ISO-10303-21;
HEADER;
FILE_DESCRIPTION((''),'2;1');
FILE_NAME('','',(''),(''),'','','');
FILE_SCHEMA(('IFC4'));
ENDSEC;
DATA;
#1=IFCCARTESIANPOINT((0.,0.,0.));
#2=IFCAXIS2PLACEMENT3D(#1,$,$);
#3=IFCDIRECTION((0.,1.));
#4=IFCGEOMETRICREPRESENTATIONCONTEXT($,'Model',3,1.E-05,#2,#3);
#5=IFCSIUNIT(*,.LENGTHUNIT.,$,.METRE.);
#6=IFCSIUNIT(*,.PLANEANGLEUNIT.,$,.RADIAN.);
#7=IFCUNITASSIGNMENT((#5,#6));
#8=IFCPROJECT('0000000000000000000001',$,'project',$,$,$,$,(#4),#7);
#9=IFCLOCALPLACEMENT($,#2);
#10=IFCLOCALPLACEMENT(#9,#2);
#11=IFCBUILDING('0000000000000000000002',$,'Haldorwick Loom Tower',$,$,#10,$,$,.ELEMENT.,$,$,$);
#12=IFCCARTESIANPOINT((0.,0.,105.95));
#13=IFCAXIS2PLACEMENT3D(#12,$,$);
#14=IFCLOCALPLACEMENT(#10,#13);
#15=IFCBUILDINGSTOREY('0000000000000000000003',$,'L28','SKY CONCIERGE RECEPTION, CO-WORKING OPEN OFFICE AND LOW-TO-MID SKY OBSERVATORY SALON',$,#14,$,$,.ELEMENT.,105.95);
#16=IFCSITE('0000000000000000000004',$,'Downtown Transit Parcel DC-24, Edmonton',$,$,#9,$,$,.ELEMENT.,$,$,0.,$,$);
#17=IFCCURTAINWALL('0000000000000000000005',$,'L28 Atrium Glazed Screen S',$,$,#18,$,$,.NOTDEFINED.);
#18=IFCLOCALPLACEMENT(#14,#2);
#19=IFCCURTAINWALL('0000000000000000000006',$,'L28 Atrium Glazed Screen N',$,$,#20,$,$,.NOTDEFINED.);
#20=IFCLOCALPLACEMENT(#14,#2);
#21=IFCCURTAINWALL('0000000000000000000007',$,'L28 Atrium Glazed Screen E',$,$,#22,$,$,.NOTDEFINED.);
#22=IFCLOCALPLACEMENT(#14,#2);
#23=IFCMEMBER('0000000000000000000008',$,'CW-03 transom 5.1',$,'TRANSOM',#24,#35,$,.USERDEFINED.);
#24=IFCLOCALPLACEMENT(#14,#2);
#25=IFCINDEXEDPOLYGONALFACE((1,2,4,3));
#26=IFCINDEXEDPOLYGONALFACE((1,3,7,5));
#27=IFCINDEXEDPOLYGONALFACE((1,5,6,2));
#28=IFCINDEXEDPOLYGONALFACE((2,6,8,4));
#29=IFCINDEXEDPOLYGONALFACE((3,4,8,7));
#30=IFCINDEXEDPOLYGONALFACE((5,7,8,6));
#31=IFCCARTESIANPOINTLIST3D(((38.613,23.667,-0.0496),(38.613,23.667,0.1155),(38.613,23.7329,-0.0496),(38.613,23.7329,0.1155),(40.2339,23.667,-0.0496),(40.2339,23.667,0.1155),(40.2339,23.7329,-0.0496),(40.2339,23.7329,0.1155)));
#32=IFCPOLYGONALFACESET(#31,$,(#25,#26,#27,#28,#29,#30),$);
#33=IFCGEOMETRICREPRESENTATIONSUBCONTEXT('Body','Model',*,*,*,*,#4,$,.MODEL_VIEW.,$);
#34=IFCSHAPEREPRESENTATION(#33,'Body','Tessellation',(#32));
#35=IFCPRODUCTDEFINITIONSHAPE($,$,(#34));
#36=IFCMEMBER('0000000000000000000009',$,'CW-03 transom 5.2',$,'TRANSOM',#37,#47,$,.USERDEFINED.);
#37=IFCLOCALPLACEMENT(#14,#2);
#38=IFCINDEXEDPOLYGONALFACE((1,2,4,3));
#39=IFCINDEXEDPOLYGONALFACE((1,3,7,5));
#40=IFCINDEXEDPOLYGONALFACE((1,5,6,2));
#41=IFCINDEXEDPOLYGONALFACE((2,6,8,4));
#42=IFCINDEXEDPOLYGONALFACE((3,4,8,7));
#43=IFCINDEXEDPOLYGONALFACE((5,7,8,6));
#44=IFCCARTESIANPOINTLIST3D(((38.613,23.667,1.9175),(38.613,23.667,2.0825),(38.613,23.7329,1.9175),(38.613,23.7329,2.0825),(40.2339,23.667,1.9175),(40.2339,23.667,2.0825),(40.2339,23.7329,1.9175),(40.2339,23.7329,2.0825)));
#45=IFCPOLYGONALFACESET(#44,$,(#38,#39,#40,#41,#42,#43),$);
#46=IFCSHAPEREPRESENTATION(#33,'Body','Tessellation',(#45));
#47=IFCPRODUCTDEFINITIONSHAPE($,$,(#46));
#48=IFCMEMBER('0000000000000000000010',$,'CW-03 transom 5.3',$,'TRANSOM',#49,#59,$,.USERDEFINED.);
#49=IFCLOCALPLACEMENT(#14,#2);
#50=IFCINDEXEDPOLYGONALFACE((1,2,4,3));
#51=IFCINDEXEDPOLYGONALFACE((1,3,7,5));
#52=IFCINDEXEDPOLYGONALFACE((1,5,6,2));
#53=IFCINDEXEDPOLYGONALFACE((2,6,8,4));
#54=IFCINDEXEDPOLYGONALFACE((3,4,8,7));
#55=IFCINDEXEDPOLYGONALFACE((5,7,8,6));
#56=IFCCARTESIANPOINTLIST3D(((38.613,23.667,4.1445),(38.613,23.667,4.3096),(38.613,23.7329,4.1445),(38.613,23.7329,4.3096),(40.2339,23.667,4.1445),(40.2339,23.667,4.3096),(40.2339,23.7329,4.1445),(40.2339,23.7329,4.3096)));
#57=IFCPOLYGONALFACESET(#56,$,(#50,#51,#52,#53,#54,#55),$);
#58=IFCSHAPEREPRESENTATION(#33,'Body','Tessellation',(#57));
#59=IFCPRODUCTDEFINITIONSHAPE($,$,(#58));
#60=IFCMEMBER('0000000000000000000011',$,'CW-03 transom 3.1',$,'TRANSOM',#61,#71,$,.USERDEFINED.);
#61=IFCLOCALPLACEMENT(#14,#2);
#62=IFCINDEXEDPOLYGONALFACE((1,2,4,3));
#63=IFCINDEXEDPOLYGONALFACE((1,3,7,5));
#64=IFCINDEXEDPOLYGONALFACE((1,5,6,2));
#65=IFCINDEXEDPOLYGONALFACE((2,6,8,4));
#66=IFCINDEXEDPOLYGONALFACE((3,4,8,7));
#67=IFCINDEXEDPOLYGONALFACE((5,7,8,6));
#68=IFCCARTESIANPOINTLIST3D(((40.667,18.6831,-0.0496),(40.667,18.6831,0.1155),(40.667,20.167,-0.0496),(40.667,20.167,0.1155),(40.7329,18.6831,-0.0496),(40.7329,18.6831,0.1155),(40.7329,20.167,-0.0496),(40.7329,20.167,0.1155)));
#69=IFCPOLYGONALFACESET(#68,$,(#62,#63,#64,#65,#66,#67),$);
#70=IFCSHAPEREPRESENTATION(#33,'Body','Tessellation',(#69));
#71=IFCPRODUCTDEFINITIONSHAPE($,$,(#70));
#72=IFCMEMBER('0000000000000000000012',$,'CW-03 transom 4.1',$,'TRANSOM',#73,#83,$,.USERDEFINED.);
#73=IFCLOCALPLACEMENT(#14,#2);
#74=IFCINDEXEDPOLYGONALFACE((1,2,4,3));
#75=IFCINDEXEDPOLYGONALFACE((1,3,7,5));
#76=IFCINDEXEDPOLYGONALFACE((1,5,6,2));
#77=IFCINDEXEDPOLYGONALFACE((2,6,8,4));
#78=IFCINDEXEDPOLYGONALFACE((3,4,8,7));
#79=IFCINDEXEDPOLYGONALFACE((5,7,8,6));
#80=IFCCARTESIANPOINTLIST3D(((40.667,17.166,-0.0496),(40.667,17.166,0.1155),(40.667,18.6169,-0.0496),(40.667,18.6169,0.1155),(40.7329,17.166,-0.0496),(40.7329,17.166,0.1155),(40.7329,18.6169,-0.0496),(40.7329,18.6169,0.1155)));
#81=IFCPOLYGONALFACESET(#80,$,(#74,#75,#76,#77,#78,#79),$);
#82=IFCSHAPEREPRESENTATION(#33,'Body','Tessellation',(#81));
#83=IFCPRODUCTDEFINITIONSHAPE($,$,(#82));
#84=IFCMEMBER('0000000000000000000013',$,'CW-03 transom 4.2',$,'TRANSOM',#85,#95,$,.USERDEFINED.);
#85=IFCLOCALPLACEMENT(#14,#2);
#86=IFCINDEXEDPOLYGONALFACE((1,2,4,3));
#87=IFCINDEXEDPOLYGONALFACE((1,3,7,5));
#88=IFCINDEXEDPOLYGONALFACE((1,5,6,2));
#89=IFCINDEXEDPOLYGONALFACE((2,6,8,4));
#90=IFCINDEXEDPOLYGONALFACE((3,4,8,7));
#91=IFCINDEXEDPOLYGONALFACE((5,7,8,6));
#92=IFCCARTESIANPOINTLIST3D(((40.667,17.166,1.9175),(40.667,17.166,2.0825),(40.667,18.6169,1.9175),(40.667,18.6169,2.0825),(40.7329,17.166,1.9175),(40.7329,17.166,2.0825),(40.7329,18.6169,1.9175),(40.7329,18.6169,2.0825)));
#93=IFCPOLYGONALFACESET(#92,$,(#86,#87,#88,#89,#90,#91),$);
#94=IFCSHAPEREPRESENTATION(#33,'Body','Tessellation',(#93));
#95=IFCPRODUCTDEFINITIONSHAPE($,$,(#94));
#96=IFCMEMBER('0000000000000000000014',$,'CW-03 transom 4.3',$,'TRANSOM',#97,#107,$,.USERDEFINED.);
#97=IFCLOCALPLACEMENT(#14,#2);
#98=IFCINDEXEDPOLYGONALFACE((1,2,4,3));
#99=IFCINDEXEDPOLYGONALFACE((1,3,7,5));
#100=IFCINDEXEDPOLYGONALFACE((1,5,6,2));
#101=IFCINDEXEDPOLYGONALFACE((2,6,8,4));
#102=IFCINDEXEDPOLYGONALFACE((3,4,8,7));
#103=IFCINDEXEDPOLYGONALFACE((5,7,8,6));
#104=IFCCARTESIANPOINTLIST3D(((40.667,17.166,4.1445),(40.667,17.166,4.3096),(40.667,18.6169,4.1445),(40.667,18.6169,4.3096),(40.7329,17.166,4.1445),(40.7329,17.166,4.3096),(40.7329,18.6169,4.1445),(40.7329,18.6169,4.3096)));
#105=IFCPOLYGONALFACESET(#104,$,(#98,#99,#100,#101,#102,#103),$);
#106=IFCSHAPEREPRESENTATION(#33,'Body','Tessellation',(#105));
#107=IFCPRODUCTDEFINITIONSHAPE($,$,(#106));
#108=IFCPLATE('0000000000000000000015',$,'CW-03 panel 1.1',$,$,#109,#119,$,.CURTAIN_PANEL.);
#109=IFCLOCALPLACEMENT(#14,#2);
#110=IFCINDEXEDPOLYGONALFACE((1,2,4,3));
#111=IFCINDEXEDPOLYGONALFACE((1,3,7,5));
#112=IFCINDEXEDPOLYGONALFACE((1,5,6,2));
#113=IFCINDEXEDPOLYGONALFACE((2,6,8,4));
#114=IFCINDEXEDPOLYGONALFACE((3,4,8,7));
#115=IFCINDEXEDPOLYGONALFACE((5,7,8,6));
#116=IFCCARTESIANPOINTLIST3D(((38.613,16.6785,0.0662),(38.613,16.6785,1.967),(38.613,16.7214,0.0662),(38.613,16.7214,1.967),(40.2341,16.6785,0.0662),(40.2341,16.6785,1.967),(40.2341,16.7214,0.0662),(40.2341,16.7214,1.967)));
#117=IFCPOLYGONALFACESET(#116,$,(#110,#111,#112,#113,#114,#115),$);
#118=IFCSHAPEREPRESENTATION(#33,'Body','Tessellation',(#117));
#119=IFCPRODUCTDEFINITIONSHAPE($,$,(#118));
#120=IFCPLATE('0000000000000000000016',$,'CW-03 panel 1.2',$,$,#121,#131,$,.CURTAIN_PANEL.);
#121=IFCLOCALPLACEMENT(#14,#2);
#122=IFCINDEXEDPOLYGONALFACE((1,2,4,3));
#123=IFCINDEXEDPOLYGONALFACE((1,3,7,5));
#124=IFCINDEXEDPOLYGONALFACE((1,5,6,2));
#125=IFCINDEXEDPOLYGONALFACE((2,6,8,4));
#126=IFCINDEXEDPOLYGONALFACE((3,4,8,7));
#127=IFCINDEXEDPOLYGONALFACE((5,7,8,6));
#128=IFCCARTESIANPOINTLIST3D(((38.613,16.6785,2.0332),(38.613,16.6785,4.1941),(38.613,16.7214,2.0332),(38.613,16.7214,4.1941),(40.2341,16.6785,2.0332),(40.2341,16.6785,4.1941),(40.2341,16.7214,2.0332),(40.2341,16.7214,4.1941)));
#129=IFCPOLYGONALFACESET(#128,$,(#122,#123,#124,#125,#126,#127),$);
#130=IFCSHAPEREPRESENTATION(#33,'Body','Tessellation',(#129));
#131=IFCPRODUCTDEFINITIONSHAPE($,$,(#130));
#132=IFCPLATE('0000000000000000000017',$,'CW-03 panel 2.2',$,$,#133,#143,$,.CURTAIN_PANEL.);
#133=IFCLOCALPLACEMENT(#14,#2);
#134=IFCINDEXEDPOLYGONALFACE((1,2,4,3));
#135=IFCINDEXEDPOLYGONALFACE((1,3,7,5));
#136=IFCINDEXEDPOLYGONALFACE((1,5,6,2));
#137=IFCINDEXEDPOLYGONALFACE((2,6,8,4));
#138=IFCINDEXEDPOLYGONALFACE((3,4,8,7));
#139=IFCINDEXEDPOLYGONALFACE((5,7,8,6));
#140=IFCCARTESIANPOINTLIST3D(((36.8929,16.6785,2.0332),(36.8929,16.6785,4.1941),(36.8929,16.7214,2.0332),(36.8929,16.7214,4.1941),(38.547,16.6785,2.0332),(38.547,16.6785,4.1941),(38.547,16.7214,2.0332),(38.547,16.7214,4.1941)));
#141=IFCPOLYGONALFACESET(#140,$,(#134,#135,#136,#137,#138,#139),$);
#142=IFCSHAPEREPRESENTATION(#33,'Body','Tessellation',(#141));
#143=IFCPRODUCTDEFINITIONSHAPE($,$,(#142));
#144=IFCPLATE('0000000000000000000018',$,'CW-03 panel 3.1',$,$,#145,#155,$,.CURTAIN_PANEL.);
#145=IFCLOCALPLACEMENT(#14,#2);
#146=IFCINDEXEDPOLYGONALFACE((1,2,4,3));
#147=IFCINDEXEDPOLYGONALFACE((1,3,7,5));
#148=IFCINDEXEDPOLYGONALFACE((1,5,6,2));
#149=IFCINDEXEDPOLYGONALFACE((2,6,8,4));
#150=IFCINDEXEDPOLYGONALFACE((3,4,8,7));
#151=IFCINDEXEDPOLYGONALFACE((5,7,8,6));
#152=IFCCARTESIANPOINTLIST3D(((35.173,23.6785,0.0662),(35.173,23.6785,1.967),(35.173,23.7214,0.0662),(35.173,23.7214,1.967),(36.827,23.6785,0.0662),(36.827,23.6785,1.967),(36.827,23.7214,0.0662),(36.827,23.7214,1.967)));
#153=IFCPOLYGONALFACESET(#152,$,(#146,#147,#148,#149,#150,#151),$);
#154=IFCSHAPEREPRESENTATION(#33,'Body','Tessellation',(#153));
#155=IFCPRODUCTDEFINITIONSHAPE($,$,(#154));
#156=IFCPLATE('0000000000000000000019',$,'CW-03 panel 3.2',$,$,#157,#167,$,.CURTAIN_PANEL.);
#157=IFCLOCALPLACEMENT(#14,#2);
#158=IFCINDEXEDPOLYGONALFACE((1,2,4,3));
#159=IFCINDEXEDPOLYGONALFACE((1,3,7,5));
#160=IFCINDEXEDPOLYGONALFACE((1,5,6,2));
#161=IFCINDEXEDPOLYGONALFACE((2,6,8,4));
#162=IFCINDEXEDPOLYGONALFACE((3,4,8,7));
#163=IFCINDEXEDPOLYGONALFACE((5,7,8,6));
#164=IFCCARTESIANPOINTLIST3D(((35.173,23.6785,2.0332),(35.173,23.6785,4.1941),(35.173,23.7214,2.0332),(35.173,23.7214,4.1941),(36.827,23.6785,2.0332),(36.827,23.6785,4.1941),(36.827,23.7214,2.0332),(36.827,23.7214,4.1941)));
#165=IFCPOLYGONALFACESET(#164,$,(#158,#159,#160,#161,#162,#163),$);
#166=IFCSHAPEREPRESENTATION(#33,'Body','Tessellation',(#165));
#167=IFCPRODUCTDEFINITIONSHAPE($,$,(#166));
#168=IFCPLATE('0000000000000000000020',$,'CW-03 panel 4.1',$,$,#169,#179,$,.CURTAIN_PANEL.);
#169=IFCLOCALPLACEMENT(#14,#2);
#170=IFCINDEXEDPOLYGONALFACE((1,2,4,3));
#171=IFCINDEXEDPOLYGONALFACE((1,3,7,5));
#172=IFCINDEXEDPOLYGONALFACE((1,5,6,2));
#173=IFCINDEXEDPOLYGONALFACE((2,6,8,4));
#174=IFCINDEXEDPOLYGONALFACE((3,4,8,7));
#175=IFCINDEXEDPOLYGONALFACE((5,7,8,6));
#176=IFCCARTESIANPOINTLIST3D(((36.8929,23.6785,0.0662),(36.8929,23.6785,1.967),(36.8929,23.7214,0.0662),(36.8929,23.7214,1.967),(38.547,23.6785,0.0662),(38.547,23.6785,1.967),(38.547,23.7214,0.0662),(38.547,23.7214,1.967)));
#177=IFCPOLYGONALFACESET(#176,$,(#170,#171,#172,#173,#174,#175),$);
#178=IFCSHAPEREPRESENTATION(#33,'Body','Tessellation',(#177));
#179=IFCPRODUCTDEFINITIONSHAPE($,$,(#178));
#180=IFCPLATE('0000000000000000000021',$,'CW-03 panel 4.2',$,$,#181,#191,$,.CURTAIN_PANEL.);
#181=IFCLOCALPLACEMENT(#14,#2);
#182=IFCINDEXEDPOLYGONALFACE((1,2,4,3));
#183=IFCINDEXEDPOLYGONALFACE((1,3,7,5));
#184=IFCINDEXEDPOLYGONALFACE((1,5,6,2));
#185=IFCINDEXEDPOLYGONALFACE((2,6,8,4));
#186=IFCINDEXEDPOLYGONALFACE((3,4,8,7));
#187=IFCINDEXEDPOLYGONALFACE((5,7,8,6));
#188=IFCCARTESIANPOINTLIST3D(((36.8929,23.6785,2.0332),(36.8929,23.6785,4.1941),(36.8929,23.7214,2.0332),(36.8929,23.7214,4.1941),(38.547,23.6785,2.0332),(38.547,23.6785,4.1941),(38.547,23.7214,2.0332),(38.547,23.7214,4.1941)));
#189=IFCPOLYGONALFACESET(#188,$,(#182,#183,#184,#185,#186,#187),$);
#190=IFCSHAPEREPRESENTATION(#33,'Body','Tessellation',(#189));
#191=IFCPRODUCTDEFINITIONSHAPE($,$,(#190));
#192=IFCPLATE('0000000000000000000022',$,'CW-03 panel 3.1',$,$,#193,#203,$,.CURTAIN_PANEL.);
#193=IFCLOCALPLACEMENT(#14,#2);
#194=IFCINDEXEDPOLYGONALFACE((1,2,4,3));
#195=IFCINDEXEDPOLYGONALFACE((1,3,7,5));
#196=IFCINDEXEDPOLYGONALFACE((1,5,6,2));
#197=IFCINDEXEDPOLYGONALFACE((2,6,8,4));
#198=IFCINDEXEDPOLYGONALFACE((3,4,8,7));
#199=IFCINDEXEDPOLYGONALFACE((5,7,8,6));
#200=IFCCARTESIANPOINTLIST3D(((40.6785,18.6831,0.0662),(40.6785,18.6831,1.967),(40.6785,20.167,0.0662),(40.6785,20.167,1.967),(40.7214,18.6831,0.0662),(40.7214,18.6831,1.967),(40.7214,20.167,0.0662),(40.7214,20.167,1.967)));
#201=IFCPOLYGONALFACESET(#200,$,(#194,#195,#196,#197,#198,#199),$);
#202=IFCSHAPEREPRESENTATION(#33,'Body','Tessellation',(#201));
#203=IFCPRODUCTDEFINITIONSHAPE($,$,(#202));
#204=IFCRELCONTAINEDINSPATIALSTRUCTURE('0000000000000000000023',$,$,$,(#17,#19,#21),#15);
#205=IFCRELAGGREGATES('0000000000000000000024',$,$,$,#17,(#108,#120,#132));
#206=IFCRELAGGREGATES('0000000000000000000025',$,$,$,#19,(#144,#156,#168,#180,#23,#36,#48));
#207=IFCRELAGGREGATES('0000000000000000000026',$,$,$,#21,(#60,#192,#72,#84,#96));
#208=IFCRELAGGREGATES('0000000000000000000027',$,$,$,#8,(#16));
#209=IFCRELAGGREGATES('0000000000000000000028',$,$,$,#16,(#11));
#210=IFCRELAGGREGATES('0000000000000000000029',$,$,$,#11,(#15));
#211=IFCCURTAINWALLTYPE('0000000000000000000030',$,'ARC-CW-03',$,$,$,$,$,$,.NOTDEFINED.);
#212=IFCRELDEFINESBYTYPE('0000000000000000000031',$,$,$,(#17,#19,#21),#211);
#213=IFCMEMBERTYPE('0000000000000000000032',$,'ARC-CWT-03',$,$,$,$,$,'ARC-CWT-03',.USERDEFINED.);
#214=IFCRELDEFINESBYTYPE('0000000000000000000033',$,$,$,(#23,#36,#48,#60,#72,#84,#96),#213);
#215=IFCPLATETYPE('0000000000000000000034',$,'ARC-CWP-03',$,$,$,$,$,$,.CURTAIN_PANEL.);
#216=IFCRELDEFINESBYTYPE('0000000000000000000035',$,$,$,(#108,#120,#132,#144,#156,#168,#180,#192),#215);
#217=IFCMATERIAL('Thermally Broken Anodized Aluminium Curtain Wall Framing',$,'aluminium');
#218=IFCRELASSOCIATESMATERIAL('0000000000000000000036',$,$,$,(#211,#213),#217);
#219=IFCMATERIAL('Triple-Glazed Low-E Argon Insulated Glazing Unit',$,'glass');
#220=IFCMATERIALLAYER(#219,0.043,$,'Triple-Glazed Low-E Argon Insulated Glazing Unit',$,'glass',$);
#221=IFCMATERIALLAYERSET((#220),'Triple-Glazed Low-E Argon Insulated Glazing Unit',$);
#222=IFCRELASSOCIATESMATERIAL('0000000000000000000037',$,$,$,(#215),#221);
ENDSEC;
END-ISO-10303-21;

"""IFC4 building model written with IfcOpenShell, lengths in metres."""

from ifc_helpers import new_model, si_unit, direction, frame, origin, origin_2d, place, context, subcontext, project, spatial, rectangle, extrude, material, layer, layer_set, material_profile, profile_set, type_object, element, aggregate, save


model = new_model("IFC4")

# Units and contexts
model_context = context("Model", 3, precision=1e-05, world=origin(), true_north=direction((0.0, 1.0)))
body_context = subcontext(model_context, "Body", "Model", "MODEL_VIEW")
ifc_project = project(units=[si_unit("LENGTHUNIT", "METRE"), si_unit("PLANEANGLEUNIT", "RADIAN")], contexts=[model_context])

# Site, building, storey
site_placement = place(None, origin())
site = spatial("IfcSite", under=ifc_project, at=site_placement, Name="Downtown Transit Parcel DC-24, Edmonton", CompositionType="ELEMENT", RefElevation=0.0)
building_placement = place(site_placement, origin())
building = spatial("IfcBuilding", under=site, at=building_placement, Name="Haldorwick Loom Tower", CompositionType="ELEMENT")
storey_placement = place(building_placement, frame((0.0, 0.0, 105.95)))
storey = spatial("IfcBuildingStorey", under=building, at=storey_placement, Name="L28", Description="SKY CONCIERGE RECEPTION, CO-WORKING OPEN OFFICE AND LOW-TO-MID SKY OBSERVATORY SALON", CompositionType="ELEMENT", Elevation=105.95)

# Curtain walls
ifc_material_1 = material(Name="Thermally Broken Anodized Aluminium Curtain Wall Framing", Category="aluminium")
curtain_wall_type = type_object("IfcCurtainWallType", Name="ARC-CW-03", PredefinedType="NOTDEFINED", material=ifc_material_1)
curtain_wall_1_placement = place(storey_placement, origin())
curtain_wall_1 = element("IfcCurtainWall", 1, at=curtain_wall_1_placement, inside=storey, type_object=curtain_wall_type, Name="L28 Atrium Glazed Screen S", PredefinedType="NOTDEFINED")
curtain_wall_2_placement = place(storey_placement, origin())
curtain_wall_2 = element("IfcCurtainWall", 2, at=curtain_wall_2_placement, inside=storey, type_object=curtain_wall_type, Name="L28 Atrium Glazed Screen N", PredefinedType="NOTDEFINED")
curtain_wall_3_placement = place(storey_placement, origin())
curtain_wall_3 = element("IfcCurtainWall", 3, at=curtain_wall_3_placement, inside=storey, type_object=curtain_wall_type, Name="L28 Atrium Glazed Screen E", PredefinedType="NOTDEFINED")

# Members
ifc_material_profile_1 = material_profile(ifc_material_1, rectangle(XDim=0.0659, YDim=0.165, at=origin_2d()), Name="ALU_TRN_66X165", Category="aluminium")
ifc_profile_set_1 = profile_set([ifc_material_profile_1], Name="Thermally Broken Anodized Aluminium Curtain Wall Framing")
member_type_1 = type_object("IfcMemberType", Name="ARC-CWT-03", ElementType="ARC-CWT-03", PredefinedType="USERDEFINED", material=ifc_profile_set_1)
member_1_placement = place(storey_placement, frame((38.613, 23.7, 0.033), z_axis=(1.0, 0.0, 0.0), x_axis=(0.0, 1.0, 0.0)))
member_1 = element("IfcMember", 4, at=member_1_placement, type_object=member_type_1, Name="CW-03 transom 5.1", ObjectType="TRANSOM", PredefinedType="USERDEFINED", context=body_context, shape_type="SweptSolid", body=[
    extrude(rectangle(XDim=0.0659, YDim=0.165, at=origin_2d()), origin(), (0.0, 0.0, 1.0), 1.6208),
])
member_2_placement = place(storey_placement, frame((38.613, 23.7, 2.0), z_axis=(1.0, 0.0, 0.0), x_axis=(0.0, 1.0, 0.0)))
member_2 = element("IfcMember", 5, at=member_2_placement, type_object=member_type_1, Name="CW-03 transom 5.2", ObjectType="TRANSOM", PredefinedType="USERDEFINED", context=body_context, shape_type="SweptSolid", body=[
    extrude(rectangle(XDim=0.0659, YDim=0.165, at=origin_2d()), origin(), (0.0, 0.0, 1.0), 1.6208),
])
member_3_placement = place(storey_placement, frame((38.613, 23.7, 4.2271), z_axis=(1.0, 0.0, 0.0), x_axis=(0.0, 1.0, 0.0)))
member_3 = element("IfcMember", 6, at=member_3_placement, type_object=member_type_1, Name="CW-03 transom 5.3", ObjectType="TRANSOM", PredefinedType="USERDEFINED", context=body_context, shape_type="SweptSolid", body=[
    extrude(rectangle(XDim=0.0659, YDim=0.165, at=origin_2d()), origin(), (0.0, 0.0, 1.0), 1.6208),
])
member_4_placement = place(storey_placement, frame((40.7, 20.167, 0.033), z_axis=(0.0, -1.0, 0.0), x_axis=(1.0, 0.0, 0.0)))
member_4 = element("IfcMember", 7, at=member_4_placement, type_object=member_type_1, Name="CW-03 transom 3.1", ObjectType="TRANSOM", PredefinedType="USERDEFINED", context=body_context, shape_type="SweptSolid", body=[
    extrude(rectangle(XDim=0.0659, YDim=0.165, at=origin_2d()), origin(), (0.0, 0.0, 1.0), 1.4839),
])
member_5_placement = place(storey_placement, frame((40.7, 18.6169, 0.033), z_axis=(0.0, -1.0, 0.0), x_axis=(1.0, 0.0, 0.0)))
member_5 = element("IfcMember", 8, at=member_5_placement, type_object=member_type_1, Name="CW-03 transom 4.1", ObjectType="TRANSOM", PredefinedType="USERDEFINED", context=body_context, shape_type="SweptSolid", body=[
    extrude(rectangle(XDim=0.0659, YDim=0.165, at=origin_2d()), origin(), (0.0, 0.0, 1.0), 1.4509),
])
member_6_placement = place(storey_placement, frame((40.7, 18.6169, 2.0), z_axis=(0.0, -1.0, 0.0), x_axis=(1.0, 0.0, 0.0)))
member_6 = element("IfcMember", 9, at=member_6_placement, type_object=member_type_1, Name="CW-03 transom 4.2", ObjectType="TRANSOM", PredefinedType="USERDEFINED", context=body_context, shape_type="SweptSolid", body=[
    extrude(rectangle(XDim=0.0659, YDim=0.165, at=origin_2d()), origin(), (0.0, 0.0, 1.0), 1.4509),
])
member_7_placement = place(storey_placement, frame((40.7, 18.6169, 4.2271), z_axis=(0.0, -1.0, 0.0), x_axis=(1.0, 0.0, 0.0)))
member_7 = element("IfcMember", 10, at=member_7_placement, type_object=member_type_1, Name="CW-03 transom 4.3", ObjectType="TRANSOM", PredefinedType="USERDEFINED", context=body_context, shape_type="SweptSolid", body=[
    extrude(rectangle(XDim=0.0659, YDim=0.165, at=origin_2d()), origin(), (0.0, 0.0, 1.0), 1.4509),
])

# Plates
ifc_material_2 = material(Name="Triple-Glazed Low-E Argon Insulated Glazing Unit", Category="glass")
ifc_layer_1 = layer(ifc_material_2, 0.043, Name="Triple-Glazed Low-E Argon Insulated Glazing Unit", Category="glass")
ifc_layer_set_1 = layer_set([ifc_layer_1], Name="Triple-Glazed Low-E Argon Insulated Glazing Unit")
plate_type = type_object("IfcPlateType", Name="ARC-CWP-03", PredefinedType="CURTAIN_PANEL", material=ifc_layer_set_1)
plate_1_placement = place(storey_placement, frame((39.4236, 16.7, 0.0662), z_axis=(0.0, 0.0, 1.0), x_axis=(-1.0, 0.0, 0.0)))
plate_1 = element("IfcPlate", 11, at=plate_1_placement, type_object=plate_type, Name="CW-03 panel 1.1", PredefinedType="CURTAIN_PANEL", context=body_context, shape_type="SweptSolid", body=[
    extrude(rectangle(XDim=1.6211, YDim=0.043, at=origin_2d()), origin(), (0.0, 0.0, 1.0), 1.9009),
])
plate_2_placement = place(storey_placement, frame((39.4236, 16.7, 2.0332), z_axis=(0.0, 0.0, 1.0), x_axis=(-1.0, 0.0, 0.0)))
plate_2 = element("IfcPlate", 12, at=plate_2_placement, type_object=plate_type, Name="CW-03 panel 1.2", PredefinedType="CURTAIN_PANEL", context=body_context, shape_type="SweptSolid", body=[
    extrude(rectangle(XDim=1.6211, YDim=0.043, at=origin_2d()), origin(), (0.0, 0.0, 1.0), 2.1609),
])
plate_3_placement = place(storey_placement, frame((37.72, 16.7, 2.0332), z_axis=(0.0, 0.0, 1.0), x_axis=(-1.0, 0.0, 0.0)))
plate_3 = element("IfcPlate", 13, at=plate_3_placement, type_object=plate_type, Name="CW-03 panel 2.2", PredefinedType="CURTAIN_PANEL", context=body_context, shape_type="SweptSolid", body=[
    extrude(rectangle(XDim=1.6541, YDim=0.043, at=origin_2d()), origin(), (0.0, 0.0, 1.0), 2.1609),
])
aggregate(curtain_wall_1, [plate_1, plate_2, plate_3])
plate_4_placement = place(storey_placement, frame((36.0, 23.7, 0.0662), z_axis=(0.0, 0.0, 1.0), x_axis=(1.0, 0.0, 0.0)))
plate_4 = element("IfcPlate", 14, at=plate_4_placement, type_object=plate_type, Name="CW-03 panel 3.1", PredefinedType="CURTAIN_PANEL", context=body_context, shape_type="SweptSolid", body=[
    extrude(rectangle(XDim=1.6541, YDim=0.043, at=origin_2d()), origin(), (0.0, 0.0, 1.0), 1.9009),
])
plate_5_placement = place(storey_placement, frame((36.0, 23.7, 2.0332), z_axis=(0.0, 0.0, 1.0), x_axis=(1.0, 0.0, 0.0)))
plate_5 = element("IfcPlate", 15, at=plate_5_placement, type_object=plate_type, Name="CW-03 panel 3.2", PredefinedType="CURTAIN_PANEL", context=body_context, shape_type="SweptSolid", body=[
    extrude(rectangle(XDim=1.6541, YDim=0.043, at=origin_2d()), origin(), (0.0, 0.0, 1.0), 2.1609),
])
plate_6_placement = place(storey_placement, frame((37.72, 23.7, 0.0662), z_axis=(0.0, 0.0, 1.0), x_axis=(1.0, 0.0, 0.0)))
plate_6 = element("IfcPlate", 16, at=plate_6_placement, type_object=plate_type, Name="CW-03 panel 4.1", PredefinedType="CURTAIN_PANEL", context=body_context, shape_type="SweptSolid", body=[
    extrude(rectangle(XDim=1.6541, YDim=0.043, at=origin_2d()), origin(), (0.0, 0.0, 1.0), 1.9009),
])
plate_7_placement = place(storey_placement, frame((37.72, 23.7, 2.0332), z_axis=(0.0, 0.0, 1.0), x_axis=(1.0, 0.0, 0.0)))
plate_7 = element("IfcPlate", 17, at=plate_7_placement, type_object=plate_type, Name="CW-03 panel 4.2", PredefinedType="CURTAIN_PANEL", context=body_context, shape_type="SweptSolid", body=[
    extrude(rectangle(XDim=1.6541, YDim=0.043, at=origin_2d()), origin(), (0.0, 0.0, 1.0), 2.1609),
])
aggregate(curtain_wall_2, [plate_4, plate_5, plate_6, plate_7, member_1, member_2, member_3])
plate_8_placement = place(storey_placement, frame((40.7, 19.425, 0.0662), z_axis=(0.0, 0.0, 1.0), x_axis=(0.0, -1.0, 0.0)))
plate_8 = element("IfcPlate", 18, at=plate_8_placement, type_object=plate_type, Name="CW-03 panel 3.1", PredefinedType="CURTAIN_PANEL", context=body_context, shape_type="SweptSolid", body=[
    extrude(rectangle(XDim=1.4839, YDim=0.043, at=origin_2d()), origin(), (0.0, 0.0, 1.0), 1.9009),
])
aggregate(curtain_wall_3, [member_4, plate_8, member_5, member_6, member_7])

save(model, "model.ifc")
